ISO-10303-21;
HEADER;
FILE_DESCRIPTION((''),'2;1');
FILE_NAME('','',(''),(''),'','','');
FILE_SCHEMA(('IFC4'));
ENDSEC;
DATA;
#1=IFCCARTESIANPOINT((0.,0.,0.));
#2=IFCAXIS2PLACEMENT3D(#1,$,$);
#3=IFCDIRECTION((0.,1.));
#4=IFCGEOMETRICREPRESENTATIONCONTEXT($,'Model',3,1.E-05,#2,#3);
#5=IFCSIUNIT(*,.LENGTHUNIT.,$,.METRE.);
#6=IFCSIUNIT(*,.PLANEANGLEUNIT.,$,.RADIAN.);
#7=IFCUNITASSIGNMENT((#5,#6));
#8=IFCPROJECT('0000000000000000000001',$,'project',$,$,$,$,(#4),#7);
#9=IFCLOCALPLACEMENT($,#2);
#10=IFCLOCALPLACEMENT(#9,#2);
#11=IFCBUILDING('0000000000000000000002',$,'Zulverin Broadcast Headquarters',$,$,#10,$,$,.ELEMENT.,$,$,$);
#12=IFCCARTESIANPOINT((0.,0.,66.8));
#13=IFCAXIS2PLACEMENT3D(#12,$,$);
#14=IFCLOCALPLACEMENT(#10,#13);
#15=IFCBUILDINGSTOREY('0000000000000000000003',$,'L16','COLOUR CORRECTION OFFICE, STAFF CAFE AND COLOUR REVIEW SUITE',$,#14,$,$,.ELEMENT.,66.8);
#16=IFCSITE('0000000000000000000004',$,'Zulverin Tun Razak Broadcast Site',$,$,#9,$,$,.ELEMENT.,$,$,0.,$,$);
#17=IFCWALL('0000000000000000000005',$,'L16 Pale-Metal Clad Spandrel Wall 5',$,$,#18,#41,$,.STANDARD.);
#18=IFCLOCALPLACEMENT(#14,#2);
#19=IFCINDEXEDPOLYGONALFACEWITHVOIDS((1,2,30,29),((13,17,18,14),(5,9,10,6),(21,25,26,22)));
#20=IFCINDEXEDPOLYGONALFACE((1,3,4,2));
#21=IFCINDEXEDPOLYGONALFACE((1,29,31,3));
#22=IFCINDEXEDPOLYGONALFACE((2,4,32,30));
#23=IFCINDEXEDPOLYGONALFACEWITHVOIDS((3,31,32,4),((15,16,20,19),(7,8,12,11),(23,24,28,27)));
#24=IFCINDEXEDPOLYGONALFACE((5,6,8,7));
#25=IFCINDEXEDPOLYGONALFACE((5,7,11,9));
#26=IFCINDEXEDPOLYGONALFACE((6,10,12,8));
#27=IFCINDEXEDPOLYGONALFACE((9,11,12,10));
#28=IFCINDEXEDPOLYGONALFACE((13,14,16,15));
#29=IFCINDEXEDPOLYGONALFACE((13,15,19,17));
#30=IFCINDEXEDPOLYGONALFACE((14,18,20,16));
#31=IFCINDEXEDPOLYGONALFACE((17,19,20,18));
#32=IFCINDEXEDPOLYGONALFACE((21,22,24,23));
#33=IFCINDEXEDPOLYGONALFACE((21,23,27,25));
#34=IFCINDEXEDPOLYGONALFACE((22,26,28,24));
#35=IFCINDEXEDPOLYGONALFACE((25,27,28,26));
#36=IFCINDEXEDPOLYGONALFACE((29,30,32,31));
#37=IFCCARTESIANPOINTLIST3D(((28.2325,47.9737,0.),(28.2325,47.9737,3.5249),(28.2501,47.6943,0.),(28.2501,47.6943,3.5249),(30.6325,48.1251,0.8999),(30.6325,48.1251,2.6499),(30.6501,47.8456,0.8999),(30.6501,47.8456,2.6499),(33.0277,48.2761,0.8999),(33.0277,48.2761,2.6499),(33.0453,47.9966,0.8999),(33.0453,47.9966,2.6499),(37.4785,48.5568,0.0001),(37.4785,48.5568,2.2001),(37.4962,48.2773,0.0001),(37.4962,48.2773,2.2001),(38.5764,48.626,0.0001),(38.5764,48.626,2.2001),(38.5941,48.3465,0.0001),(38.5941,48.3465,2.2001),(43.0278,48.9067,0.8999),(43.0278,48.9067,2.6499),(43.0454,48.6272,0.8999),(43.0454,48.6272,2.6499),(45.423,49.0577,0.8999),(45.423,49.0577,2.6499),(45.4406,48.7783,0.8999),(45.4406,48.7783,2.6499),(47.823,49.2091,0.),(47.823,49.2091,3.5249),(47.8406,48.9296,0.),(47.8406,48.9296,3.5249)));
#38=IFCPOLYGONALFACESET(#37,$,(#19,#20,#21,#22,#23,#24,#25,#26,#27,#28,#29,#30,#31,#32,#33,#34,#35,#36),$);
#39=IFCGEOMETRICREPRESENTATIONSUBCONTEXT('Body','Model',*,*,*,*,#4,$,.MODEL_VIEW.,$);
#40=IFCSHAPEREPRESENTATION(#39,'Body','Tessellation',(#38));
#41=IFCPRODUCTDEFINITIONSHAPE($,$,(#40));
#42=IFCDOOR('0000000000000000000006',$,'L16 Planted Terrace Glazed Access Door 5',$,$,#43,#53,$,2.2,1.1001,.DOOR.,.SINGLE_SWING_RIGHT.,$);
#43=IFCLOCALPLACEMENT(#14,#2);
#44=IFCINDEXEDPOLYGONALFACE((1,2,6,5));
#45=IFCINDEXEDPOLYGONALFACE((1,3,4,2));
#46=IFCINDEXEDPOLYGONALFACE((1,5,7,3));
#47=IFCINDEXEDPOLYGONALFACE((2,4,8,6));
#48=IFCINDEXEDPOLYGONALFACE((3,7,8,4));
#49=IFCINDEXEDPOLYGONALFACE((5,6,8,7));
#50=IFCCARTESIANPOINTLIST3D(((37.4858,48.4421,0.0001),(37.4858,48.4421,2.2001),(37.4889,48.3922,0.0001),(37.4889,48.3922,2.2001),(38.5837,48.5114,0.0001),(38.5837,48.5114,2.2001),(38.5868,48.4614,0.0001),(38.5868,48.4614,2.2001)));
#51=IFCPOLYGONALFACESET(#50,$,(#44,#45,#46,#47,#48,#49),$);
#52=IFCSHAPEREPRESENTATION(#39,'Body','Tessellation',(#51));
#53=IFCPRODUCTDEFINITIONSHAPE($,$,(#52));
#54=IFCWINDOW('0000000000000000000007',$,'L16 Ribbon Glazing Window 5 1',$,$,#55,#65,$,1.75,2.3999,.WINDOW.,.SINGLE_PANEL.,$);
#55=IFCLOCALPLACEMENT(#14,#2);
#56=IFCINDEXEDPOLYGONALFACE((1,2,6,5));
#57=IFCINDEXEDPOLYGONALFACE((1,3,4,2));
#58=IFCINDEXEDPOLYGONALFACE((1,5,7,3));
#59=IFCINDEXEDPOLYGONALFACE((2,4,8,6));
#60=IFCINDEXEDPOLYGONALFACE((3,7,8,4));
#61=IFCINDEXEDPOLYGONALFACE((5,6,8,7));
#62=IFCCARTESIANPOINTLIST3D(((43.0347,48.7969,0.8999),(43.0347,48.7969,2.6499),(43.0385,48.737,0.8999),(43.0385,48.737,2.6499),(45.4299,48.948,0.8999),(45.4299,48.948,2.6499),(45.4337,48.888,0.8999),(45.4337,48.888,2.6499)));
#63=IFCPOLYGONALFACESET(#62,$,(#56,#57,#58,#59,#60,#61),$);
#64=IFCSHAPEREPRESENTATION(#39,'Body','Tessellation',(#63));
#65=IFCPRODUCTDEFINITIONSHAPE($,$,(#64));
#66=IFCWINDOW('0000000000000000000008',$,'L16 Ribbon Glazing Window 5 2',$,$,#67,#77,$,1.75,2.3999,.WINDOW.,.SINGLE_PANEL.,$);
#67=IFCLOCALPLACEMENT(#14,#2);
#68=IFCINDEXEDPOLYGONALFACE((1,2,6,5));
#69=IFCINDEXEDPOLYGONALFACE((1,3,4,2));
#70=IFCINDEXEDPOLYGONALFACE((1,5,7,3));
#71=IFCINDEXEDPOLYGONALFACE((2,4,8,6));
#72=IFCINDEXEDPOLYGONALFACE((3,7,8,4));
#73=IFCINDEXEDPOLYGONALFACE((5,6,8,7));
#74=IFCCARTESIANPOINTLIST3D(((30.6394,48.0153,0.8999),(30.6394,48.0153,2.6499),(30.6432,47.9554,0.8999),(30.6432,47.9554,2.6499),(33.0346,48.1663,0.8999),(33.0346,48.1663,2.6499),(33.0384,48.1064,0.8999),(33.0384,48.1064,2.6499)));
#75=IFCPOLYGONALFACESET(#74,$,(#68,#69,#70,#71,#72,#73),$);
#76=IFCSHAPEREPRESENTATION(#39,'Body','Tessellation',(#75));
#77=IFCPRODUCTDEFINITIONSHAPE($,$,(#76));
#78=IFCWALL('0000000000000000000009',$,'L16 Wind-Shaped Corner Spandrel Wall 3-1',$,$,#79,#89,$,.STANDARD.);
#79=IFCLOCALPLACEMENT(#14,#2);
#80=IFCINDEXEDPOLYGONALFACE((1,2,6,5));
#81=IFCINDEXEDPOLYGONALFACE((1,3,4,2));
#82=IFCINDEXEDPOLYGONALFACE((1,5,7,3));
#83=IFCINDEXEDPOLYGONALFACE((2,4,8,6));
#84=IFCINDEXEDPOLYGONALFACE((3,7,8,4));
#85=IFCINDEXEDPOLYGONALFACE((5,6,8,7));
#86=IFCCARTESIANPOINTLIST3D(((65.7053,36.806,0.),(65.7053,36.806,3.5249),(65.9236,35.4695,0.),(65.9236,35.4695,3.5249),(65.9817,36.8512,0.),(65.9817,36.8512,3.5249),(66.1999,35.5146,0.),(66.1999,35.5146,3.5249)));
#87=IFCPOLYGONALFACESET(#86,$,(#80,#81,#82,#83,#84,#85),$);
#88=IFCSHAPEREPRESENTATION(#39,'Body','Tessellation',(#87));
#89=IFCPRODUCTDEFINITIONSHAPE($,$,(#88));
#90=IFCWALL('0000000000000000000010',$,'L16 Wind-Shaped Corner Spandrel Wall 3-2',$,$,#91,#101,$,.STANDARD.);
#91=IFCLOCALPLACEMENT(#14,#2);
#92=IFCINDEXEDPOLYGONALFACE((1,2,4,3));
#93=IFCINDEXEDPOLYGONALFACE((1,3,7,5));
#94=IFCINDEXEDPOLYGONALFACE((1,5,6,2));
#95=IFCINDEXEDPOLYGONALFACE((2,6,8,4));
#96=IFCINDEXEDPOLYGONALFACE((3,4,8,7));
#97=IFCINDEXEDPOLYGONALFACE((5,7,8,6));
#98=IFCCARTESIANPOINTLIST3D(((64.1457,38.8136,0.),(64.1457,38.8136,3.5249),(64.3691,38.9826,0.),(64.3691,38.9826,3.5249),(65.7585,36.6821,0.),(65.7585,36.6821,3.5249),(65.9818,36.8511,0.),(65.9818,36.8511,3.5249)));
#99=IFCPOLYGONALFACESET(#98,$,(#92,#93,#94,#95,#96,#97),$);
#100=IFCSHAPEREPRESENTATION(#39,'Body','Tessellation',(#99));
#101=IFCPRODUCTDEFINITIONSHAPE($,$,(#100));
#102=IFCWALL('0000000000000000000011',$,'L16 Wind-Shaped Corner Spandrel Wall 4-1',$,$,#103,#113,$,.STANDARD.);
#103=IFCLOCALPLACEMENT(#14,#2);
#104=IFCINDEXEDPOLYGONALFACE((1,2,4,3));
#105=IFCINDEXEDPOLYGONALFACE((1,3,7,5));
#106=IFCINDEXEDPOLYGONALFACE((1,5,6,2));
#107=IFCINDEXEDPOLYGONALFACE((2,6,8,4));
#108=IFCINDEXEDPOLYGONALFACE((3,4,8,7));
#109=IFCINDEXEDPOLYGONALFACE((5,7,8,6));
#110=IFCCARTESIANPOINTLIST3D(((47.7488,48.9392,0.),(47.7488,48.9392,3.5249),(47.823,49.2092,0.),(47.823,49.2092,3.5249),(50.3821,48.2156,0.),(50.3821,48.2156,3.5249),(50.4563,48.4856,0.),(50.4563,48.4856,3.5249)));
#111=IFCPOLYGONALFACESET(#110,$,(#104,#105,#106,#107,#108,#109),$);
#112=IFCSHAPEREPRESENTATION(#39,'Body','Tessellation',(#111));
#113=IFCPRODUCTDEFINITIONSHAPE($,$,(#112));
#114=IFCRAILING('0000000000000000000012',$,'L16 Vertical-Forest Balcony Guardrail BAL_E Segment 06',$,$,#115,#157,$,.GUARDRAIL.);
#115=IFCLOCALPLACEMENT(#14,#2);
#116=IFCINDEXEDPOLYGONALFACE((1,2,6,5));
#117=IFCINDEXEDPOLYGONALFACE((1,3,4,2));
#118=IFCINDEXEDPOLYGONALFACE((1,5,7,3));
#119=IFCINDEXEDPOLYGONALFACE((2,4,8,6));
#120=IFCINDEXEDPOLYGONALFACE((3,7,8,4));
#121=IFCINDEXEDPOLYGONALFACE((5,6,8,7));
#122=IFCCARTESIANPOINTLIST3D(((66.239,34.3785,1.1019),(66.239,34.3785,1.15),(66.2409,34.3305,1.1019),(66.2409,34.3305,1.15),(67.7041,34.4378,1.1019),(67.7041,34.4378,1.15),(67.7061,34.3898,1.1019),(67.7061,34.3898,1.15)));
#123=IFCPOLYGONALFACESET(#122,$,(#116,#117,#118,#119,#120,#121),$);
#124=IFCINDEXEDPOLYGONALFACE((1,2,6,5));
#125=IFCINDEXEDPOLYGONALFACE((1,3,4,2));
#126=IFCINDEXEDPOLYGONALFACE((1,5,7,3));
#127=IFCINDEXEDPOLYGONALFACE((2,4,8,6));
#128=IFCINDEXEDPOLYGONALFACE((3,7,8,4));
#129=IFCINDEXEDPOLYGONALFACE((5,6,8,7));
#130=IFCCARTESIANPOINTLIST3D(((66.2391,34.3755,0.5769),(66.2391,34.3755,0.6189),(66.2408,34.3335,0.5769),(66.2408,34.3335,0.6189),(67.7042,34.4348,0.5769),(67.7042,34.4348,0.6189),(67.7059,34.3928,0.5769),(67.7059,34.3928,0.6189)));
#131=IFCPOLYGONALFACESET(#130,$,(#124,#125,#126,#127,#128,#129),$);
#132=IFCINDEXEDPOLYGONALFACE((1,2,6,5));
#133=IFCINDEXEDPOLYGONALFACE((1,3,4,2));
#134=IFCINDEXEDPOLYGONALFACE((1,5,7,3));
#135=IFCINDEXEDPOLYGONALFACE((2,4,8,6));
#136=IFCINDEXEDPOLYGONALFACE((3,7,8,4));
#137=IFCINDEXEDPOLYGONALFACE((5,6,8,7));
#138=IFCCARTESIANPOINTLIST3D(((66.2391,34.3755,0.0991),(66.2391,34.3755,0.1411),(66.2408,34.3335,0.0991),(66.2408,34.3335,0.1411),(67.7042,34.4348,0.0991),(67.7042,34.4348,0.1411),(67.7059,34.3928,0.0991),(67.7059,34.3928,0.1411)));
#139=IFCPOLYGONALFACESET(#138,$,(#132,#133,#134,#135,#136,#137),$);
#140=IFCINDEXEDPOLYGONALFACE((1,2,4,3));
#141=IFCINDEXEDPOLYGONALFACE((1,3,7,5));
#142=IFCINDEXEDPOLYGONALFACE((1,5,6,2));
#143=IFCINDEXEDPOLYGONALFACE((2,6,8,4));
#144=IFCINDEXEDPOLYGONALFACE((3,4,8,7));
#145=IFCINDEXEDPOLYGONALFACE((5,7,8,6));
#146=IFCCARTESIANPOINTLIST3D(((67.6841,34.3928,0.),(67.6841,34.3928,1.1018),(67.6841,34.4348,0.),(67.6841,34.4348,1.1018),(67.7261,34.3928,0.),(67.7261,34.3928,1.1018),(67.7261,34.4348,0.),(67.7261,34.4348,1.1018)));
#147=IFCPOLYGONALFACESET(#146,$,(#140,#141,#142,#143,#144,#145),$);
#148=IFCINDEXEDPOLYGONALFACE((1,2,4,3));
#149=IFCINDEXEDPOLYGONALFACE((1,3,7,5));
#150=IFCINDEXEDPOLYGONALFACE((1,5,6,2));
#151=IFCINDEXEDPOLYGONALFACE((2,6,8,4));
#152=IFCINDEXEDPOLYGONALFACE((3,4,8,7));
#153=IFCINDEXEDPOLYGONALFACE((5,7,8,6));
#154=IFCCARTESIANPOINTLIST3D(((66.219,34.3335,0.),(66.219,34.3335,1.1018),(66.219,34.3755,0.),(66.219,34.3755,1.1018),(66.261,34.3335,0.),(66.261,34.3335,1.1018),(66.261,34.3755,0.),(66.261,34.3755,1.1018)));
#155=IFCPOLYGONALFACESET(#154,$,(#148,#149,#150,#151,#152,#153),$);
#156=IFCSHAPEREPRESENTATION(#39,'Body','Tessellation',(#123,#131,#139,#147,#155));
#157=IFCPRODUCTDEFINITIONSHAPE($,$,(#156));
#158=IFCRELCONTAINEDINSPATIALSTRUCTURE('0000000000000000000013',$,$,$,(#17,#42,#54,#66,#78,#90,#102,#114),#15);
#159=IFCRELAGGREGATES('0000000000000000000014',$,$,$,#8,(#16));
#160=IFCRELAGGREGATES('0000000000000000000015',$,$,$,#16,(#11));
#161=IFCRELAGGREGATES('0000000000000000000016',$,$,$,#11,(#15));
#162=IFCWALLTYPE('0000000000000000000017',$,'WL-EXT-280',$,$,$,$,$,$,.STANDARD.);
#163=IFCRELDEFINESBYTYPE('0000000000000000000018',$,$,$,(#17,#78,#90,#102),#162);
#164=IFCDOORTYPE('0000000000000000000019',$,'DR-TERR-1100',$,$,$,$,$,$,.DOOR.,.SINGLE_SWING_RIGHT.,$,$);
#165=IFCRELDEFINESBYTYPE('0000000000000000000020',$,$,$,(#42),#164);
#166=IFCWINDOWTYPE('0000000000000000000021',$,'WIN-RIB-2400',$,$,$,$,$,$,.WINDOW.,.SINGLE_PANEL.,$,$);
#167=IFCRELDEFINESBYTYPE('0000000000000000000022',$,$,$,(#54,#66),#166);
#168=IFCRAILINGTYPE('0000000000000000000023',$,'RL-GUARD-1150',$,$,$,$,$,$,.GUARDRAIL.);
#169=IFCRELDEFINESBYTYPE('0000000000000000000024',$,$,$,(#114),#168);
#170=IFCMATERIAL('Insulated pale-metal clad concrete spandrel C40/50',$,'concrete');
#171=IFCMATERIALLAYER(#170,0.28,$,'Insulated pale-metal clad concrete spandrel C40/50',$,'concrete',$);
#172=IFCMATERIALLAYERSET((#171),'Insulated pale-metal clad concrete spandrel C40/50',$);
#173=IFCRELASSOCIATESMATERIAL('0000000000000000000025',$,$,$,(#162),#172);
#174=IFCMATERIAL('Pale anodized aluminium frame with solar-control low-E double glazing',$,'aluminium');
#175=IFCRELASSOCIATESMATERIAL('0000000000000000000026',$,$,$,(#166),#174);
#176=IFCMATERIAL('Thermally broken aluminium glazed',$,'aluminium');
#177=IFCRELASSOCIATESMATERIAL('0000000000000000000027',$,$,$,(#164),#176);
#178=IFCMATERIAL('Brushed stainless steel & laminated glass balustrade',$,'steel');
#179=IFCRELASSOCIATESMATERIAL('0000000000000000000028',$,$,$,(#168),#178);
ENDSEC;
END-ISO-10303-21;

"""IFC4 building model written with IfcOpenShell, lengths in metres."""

from ifc_helpers import new_model, si_unit, direction, frame, frame_2d, origin, origin_2d, place, context, subcontext, project, spatial, rectangle, extrude, material, layer, layer_set, type_object, element, fill, save


model = new_model("IFC4")

# Units and contexts
model_context = context("Model", 3, precision=1e-05, world=origin(), true_north=direction((0.0, 1.0)))
body_context = subcontext(model_context, "Body", "Model", "MODEL_VIEW")
ifc_project = project(units=[si_unit("LENGTHUNIT", "METRE"), si_unit("PLANEANGLEUNIT", "RADIAN")], contexts=[model_context])

# Site, building, storey
site_placement = place(None, origin())
site = spatial("IfcSite", under=ifc_project, at=site_placement, Name="Zulverin Tun Razak Broadcast Site", CompositionType="ELEMENT", RefElevation=0.0)
building_placement = place(site_placement, origin())
building = spatial("IfcBuilding", under=site, at=building_placement, Name="Zulverin Broadcast Headquarters", CompositionType="ELEMENT")
storey_placement = place(building_placement, frame((0.0, 0.0, 66.8)))
storey = spatial("IfcBuildingStorey", under=building, at=storey_placement, Name="L16", Description="COLOUR CORRECTION OFFICE, STAFF CAFE AND COLOUR REVIEW SUITE", CompositionType="ELEMENT", Elevation=66.8)

# Shared definitions
ifc_material_1 = material(Name="Insulated pale-metal clad concrete spandrel C40/50", Category="concrete")
ifc_layer_1 = layer(ifc_material_1, 0.28, Name="Insulated pale-metal clad concrete spandrel C40/50", Category="concrete")
ifc_layer_set_1 = layer_set([ifc_layer_1], Name="Insulated pale-metal clad concrete spandrel C40/50")
wall_type = type_object("IfcWallType", Name="WL-EXT-280", PredefinedType="STANDARD", material=ifc_layer_set_1)
ifc_material_2 = material(Name="Pale anodized aluminium frame with solar-control low-E double glazing", Category="aluminium")
window_type = type_object("IfcWindowType", Name="WIN-RIB-2400", PartitioningType="SINGLE_PANEL", PredefinedType="WINDOW", material=ifc_material_2)

# Wall, openings, door, windows
wall_1_placement = place(storey_placement, frame((47.8318, 49.0693, 0.0), z_axis=(0.0, 0.0, 1.0), x_axis=(-0.998018, -0.062933, 0.0)))
wall_1 = element("IfcWall", 1, at=wall_1_placement, inside=storey, type_object=wall_type, Name="L16 Pale-Metal Clad Spandrel Wall 5", PredefinedType="STANDARD", context=body_context, shape_type="SweptSolid", body=[
    extrude(rectangle(XDim=19.6294, YDim=0.28, at=frame_2d((9.8147, 0.0))), origin(), (0.0, 0.0, 1.0), 3.5249),
])
opening_1_placement = place(wall_1_placement, frame((9.2649, 0.0, 0.0)))
opening_1 = element("IfcOpeningElement", 2, at=opening_1_placement, cuts=wall_1, PredefinedType="OPENING", context=body_context, shape_type="SweptSolid", body=[
    extrude(rectangle(XDim=1.1001, YDim=2.2, at=frame_2d((0.55, 1.1001))), frame((0.0, 0.1499, 0.0), z_axis=(0.0, -1.0, 0.0), x_axis=(1.0, 0.0, 0.0)), (0.0, 0.0, 1.0), 0.3),
])
opening_2_placement = place(wall_1_placement, frame((2.4048, 0.0, 0.8999)))
opening_2 = element("IfcOpeningElement", 3, at=opening_2_placement, cuts=wall_1, PredefinedType="OPENING", context=body_context, shape_type="SweptSolid", body=[
    extrude(rectangle(XDim=2.3999, YDim=1.75, at=frame_2d((1.2, 0.875))), frame((0.0, 0.1499, 0.0), z_axis=(0.0, -1.0, 0.0), x_axis=(1.0, 0.0, 0.0)), (0.0, 0.0, 1.0), 0.3),
])
opening_3_placement = place(wall_1_placement, frame((14.8247, 0.0, 0.8999)))
opening_3 = element("IfcOpeningElement", 4, at=opening_3_placement, cuts=wall_1, PredefinedType="OPENING", context=body_context, shape_type="SweptSolid", body=[
    extrude(rectangle(XDim=2.3999, YDim=1.75, at=frame_2d((1.2, 0.875))), frame((0.0, 0.1499, 0.0), z_axis=(0.0, -1.0, 0.0), x_axis=(1.0, 0.0, 0.0)), (0.0, 0.0, 1.0), 0.3),
])
ifc_material_3 = material(Name="Thermally broken aluminium glazed", Category="aluminium")
door_type = type_object("IfcDoorType", Name="DR-TERR-1100", OperationType="SINGLE_SWING_RIGHT", PredefinedType="DOOR", material=ifc_material_3)
door_placement = place(opening_1_placement, origin())
door = element("IfcDoor", 5, at=door_placement, inside=storey, type_object=door_type, Name="L16 Planted Terrace Glazed Access Door 5", OperationType="SINGLE_SWING_RIGHT", OverallHeight=2.2, OverallWidth=1.1001, PredefinedType="DOOR", context=body_context, shape_type="SweptSolid", body=[
    extrude(rectangle(XDim=1.1001, YDim=2.2, at=frame_2d((0.55, 1.1001))), frame((0.0, 0.0249, 0.0), z_axis=(0.0, -1.0, 0.0), x_axis=(1.0, 0.0, 0.0)), (0.0, 0.0, 1.0), 0.05),
])
fill(opening_1, door)
window_1_placement = place(opening_2_placement, origin())
window_1 = element("IfcWindow", 6, at=window_1_placement, inside=storey, type_object=window_type, Name="L16 Ribbon Glazing Window 5 1", OverallHeight=1.75, OverallWidth=2.3999, PartitioningType="SINGLE_PANEL", PredefinedType="WINDOW", context=body_context, shape_type="SweptSolid", body=[
    extrude(rectangle(XDim=2.3999, YDim=1.75, at=frame_2d((1.2, 0.875))), frame((0.0, 0.03, 0.0), z_axis=(0.0, -1.0, 0.0), x_axis=(1.0, 0.0, 0.0)), (0.0, 0.0, 1.0), 0.0601),
])
fill(opening_2, window_1)
window_2_placement = place(opening_3_placement, origin())
window_2 = element("IfcWindow", 7, at=window_2_placement, inside=storey, type_object=window_type, Name="L16 Ribbon Glazing Window 5 2", OverallHeight=1.75, OverallWidth=2.3999, PartitioningType="SINGLE_PANEL", PredefinedType="WINDOW", context=body_context, shape_type="SweptSolid", body=[
    extrude(rectangle(XDim=2.3999, YDim=1.75, at=frame_2d((1.2, 0.875))), frame((0.0, 0.03, 0.0), z_axis=(0.0, -1.0, 0.0), x_axis=(1.0, 0.0, 0.0)), (0.0, 0.0, 1.0), 0.0601),
])
fill(opening_3, window_2)

# Walls
wall_2_placement = place(storey_placement, frame((66.0618, 35.4919, 0.0), z_axis=(0.0, 0.0, 1.0), x_axis=(-0.161182, 0.986925, 0.0)))
element("IfcWall", 8, at=wall_2_placement, inside=storey, type_object=wall_type, Name="L16 Wind-Shaped Corner Spandrel Wall 3-1", PredefinedType="STANDARD", context=body_context, shape_type="SweptSolid", body=[
    extrude(rectangle(XDim=1.3542, YDim=0.28, at=frame_2d((0.6772, 0.0))), origin(), (0.0, 0.0, 1.0), 3.5249),
])
wall_3_placement = place(storey_placement, frame((65.8701, 36.7666, 0.0), z_axis=(0.0, 0.0, 1.0), x_axis=(-0.60337, 0.797461, 0.0)))
element("IfcWall", 9, at=wall_3_placement, inside=storey, type_object=wall_type, Name="L16 Wind-Shaped Corner Spandrel Wall 3-2", PredefinedType="STANDARD", context=body_context, shape_type="SweptSolid", body=[
    extrude(rectangle(XDim=2.6729, YDim=0.28, at=frame_2d((1.3364, 0.0))), origin(), (0.0, 0.0, 1.0), 3.5249),
])
wall_4_placement = place(storey_placement, frame((50.4192, 48.3506, 0.0), z_axis=(0.0, 0.0, 1.0), x_axis=(-0.964255, 0.264978, 0.0)))
element("IfcWall", 10, at=wall_4_placement, inside=storey, type_object=wall_type, Name="L16 Wind-Shaped Corner Spandrel Wall 4-1", PredefinedType="STANDARD", context=body_context, shape_type="SweptSolid", body=[
    extrude(rectangle(XDim=2.731, YDim=0.28, at=frame_2d((1.3655, 0.0))), origin(), (0.0, 0.0, 1.0), 3.5249),
])

# Railing
ifc_material_4 = material(Name="Brushed stainless steel & laminated glass balustrade", Category="steel")
railing_type = type_object("IfcRailingType", Name="RL-GUARD-1150", PredefinedType="GUARDRAIL", material=ifc_material_4)
railing_1_placement = place(storey_placement, frame((67.7051, 34.4138, 0.0)))
element("IfcRailing", 11, at=railing_1_placement, inside=storey, type_object=railing_type, Name="L16 Vertical-Forest Balcony Guardrail BAL_E Segment 06", PredefinedType="GUARDRAIL", context=body_context, shape_type="SweptSolid", body=[
    extrude(rectangle(XDim=0.0481, YDim=0.0481, at=origin_2d()), frame((0.0, 0.0, 1.126), z_axis=(-0.999181, -0.04046, 0.0), x_axis=(0.04046, -0.999181, 0.0)), (0.0, 0.0, 1.0), 1.4663),
    extrude(rectangle(XDim=0.042, YDim=0.042, at=origin_2d()), frame((0.0, 0.0, 0.5979), z_axis=(-0.999181, -0.04046, 0.0), x_axis=(0.04046, -0.999181, 0.0)), (0.0, 0.0, 1.0), 1.4663),
    extrude(rectangle(XDim=0.042, YDim=0.042, at=origin_2d()), frame((0.0, 0.0, 0.1201), z_axis=(-0.999181, -0.04046, 0.0), x_axis=(0.04046, -0.999181, 0.0)), (0.0, 0.0, 1.0), 1.4663),
    extrude(rectangle(XDim=0.042, YDim=0.042, at=origin_2d()), origin(), (0.0, 0.0, 1.0), 1.1018),
    extrude(rectangle(XDim=0.042, YDim=0.042, at=origin_2d()), frame((-1.4651, -0.0593, 0.0)), (0.0, 0.0, 1.0), 1.1018),
])

save(model, "model.ifc")
